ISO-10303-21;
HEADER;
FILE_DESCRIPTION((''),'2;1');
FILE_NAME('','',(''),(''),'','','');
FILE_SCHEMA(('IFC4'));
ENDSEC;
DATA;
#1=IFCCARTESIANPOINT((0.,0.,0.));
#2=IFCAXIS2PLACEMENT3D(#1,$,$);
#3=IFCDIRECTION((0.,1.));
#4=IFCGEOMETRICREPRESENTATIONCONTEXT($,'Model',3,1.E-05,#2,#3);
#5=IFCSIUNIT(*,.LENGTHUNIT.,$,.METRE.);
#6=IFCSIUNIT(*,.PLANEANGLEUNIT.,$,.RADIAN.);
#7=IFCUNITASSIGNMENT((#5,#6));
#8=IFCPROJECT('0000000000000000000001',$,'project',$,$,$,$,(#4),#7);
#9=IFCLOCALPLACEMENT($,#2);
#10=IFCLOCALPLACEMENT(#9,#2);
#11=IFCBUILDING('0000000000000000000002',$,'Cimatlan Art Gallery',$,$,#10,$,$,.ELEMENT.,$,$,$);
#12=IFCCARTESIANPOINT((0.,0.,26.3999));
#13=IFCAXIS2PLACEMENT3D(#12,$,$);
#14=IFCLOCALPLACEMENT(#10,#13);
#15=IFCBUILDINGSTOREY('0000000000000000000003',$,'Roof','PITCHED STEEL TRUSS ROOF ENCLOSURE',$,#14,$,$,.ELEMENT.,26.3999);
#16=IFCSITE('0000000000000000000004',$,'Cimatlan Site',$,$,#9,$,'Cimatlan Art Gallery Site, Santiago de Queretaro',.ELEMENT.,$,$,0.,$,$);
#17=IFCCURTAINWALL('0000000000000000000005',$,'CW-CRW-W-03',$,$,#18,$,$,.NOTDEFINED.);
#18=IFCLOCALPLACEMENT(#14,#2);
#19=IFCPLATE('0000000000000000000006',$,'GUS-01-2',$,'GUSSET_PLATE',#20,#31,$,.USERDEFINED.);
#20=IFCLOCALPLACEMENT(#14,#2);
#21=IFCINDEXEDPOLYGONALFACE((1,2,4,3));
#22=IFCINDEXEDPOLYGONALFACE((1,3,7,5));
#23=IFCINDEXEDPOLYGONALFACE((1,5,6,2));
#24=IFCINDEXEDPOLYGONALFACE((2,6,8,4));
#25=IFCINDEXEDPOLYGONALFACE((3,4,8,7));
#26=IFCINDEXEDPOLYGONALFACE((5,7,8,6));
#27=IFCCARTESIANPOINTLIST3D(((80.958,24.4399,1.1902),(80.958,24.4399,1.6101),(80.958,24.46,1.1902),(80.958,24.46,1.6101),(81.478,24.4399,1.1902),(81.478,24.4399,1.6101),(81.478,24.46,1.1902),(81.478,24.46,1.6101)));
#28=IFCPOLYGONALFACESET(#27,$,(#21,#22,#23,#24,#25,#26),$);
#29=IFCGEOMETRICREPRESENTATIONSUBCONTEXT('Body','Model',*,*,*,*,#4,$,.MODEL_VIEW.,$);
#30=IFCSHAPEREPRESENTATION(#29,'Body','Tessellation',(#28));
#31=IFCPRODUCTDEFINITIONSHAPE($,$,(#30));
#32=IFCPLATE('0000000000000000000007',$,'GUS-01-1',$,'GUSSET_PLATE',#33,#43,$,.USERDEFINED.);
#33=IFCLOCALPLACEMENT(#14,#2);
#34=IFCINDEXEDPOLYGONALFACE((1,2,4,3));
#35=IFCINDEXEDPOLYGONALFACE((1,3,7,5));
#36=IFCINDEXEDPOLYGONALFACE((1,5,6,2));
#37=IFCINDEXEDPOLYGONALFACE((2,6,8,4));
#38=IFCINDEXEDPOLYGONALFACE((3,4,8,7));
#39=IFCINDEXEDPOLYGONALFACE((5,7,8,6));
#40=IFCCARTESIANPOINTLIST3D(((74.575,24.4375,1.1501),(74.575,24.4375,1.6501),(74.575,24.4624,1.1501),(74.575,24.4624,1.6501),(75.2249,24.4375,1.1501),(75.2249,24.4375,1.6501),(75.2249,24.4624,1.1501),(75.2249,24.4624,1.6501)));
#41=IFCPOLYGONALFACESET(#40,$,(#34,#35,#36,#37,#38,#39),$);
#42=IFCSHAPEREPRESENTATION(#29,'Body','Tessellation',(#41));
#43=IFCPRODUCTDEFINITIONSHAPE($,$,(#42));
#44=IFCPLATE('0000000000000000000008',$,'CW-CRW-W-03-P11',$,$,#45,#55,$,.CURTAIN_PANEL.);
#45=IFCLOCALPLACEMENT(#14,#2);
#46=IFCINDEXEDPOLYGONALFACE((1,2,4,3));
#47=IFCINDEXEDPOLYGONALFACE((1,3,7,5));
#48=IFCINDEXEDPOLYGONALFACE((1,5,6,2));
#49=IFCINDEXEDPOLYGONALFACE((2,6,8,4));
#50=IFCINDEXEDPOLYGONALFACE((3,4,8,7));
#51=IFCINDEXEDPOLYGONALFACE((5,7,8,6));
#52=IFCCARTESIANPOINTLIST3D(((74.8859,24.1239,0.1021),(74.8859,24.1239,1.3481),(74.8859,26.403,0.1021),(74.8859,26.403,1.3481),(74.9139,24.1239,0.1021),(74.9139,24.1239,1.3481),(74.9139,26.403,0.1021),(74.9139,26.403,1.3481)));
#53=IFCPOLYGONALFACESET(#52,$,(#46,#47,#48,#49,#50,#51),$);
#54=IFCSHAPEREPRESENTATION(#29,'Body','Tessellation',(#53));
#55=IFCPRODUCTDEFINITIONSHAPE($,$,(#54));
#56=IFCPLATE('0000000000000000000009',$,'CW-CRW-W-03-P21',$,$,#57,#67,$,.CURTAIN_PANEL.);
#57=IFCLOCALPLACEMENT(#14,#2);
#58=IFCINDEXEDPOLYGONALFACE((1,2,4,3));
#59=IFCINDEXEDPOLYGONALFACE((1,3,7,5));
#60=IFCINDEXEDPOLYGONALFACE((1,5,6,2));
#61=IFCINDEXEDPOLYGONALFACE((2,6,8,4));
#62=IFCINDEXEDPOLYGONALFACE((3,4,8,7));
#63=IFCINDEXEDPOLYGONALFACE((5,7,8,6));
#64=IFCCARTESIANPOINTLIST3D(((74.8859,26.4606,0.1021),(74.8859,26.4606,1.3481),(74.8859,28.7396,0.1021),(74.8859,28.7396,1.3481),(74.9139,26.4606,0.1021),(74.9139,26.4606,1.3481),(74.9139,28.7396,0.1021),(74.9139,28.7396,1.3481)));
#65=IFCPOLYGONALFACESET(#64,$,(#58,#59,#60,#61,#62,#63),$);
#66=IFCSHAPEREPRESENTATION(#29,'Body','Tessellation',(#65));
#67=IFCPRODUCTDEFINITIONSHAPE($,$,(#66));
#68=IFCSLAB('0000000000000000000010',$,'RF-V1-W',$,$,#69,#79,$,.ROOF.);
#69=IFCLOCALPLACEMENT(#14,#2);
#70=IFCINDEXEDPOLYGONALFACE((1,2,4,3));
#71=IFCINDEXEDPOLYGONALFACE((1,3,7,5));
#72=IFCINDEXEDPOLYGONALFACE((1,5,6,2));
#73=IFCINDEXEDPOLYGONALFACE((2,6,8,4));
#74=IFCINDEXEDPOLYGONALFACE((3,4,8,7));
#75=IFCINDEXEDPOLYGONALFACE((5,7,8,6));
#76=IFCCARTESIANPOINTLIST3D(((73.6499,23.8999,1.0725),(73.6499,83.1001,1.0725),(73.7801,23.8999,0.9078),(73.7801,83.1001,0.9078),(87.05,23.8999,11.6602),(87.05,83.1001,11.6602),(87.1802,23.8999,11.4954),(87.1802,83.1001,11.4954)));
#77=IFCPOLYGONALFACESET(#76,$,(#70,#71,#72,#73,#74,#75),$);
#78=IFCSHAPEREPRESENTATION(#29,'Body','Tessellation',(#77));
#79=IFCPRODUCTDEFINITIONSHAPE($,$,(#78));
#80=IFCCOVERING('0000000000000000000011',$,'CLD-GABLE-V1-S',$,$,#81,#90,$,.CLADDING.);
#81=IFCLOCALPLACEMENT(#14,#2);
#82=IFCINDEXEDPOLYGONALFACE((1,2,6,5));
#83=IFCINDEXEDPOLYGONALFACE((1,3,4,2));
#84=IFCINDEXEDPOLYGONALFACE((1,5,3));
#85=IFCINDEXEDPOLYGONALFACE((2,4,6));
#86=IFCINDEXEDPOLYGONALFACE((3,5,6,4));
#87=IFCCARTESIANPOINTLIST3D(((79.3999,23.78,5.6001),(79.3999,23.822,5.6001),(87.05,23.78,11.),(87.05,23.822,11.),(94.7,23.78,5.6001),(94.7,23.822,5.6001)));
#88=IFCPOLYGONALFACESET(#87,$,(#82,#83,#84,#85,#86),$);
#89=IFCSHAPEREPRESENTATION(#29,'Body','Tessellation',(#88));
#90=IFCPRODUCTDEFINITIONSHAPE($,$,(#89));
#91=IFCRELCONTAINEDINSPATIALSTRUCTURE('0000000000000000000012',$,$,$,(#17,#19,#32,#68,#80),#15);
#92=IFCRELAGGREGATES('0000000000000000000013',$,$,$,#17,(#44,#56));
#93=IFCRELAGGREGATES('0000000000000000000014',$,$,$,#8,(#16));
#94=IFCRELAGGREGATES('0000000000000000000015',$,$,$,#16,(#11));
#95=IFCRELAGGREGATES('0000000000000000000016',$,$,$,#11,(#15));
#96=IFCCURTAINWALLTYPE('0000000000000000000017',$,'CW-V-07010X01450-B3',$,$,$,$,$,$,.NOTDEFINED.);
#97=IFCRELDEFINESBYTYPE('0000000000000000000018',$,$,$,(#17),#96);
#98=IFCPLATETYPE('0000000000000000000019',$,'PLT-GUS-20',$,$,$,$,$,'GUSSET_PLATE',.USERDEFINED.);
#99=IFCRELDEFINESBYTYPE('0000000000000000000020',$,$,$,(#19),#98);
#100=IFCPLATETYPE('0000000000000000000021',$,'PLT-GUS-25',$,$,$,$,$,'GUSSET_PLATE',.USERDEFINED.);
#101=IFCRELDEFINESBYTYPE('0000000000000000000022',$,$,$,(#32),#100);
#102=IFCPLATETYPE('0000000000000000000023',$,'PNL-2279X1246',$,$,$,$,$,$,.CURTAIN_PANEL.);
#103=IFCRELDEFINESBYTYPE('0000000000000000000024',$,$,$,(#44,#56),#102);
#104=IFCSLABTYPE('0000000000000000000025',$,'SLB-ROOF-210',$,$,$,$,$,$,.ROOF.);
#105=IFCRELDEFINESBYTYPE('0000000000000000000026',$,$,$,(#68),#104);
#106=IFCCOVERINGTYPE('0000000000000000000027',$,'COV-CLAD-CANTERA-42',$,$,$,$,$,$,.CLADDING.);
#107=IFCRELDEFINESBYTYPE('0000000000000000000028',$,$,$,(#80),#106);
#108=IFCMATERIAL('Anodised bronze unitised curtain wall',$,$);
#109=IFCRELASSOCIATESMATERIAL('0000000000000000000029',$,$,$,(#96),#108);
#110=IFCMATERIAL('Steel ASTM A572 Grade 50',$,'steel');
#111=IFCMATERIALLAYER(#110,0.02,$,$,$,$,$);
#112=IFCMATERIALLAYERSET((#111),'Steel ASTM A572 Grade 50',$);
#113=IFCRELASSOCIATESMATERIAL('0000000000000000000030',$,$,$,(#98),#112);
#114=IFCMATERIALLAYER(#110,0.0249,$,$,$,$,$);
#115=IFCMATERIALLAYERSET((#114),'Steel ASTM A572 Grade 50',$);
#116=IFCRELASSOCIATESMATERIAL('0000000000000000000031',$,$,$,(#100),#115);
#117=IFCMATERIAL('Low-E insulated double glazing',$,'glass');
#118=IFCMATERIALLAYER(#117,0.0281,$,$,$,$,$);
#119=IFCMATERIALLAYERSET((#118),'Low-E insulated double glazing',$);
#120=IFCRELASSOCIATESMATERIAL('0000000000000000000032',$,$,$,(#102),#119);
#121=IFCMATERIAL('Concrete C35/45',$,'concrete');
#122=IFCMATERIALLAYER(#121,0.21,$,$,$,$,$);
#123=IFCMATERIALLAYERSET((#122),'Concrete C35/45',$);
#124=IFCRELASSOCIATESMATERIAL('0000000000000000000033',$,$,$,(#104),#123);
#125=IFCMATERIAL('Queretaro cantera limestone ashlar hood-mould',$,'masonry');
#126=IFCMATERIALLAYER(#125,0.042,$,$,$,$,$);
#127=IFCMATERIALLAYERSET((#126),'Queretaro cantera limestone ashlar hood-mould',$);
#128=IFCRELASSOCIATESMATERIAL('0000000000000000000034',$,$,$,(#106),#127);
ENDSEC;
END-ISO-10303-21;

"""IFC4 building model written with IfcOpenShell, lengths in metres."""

from ifc_helpers import new_model, si_unit, direction, frame, origin, origin_2d, place, context, subcontext, project, spatial, polyline, rectangle, outline, extrude, material, layer, layer_set, type_object, element, aggregate, save


model = new_model("IFC4")

# Units and contexts
model_context = context("Model", 3, precision=1e-05, world=origin(), true_north=direction((0.0, 1.0)))
body_context = subcontext(model_context, "Body", "Model", "MODEL_VIEW")
ifc_project = project(units=[si_unit("LENGTHUNIT", "METRE"), si_unit("PLANEANGLEUNIT", "RADIAN")], contexts=[model_context])

# Site, building, storey
site_placement = place(None, origin())
site = spatial("IfcSite", under=ifc_project, at=site_placement, Name="Cimatlan Site", LongName="Cimatlan Art Gallery Site, Santiago de Queretaro", CompositionType="ELEMENT", RefElevation=0.0)
building_placement = place(site_placement, origin())
building = spatial("IfcBuilding", under=site, at=building_placement, Name="Cimatlan Art Gallery", CompositionType="ELEMENT")
storey_placement = place(building_placement, frame((0.0, 0.0, 26.3999)))
storey = spatial("IfcBuildingStorey", under=building, at=storey_placement, Name="Roof", Description="PITCHED STEEL TRUSS ROOF ENCLOSURE", CompositionType="ELEMENT", Elevation=26.3999)

# Curtain wall
ifc_material_1 = material(Name="Anodised bronze unitised curtain wall")
curtain_wall_type = type_object("IfcCurtainWallType", Name="CW-V-07010X01450-B3", PredefinedType="NOTDEFINED", material=ifc_material_1)
curtain_wall_placement = place(storey_placement, origin())
curtain_wall = element("IfcCurtainWall", 1, at=curtain_wall_placement, inside=storey, type_object=curtain_wall_type, Name="CW-CRW-W-03", PredefinedType="NOTDEFINED")

# Plates
ifc_material_2 = material(Name="Steel ASTM A572 Grade 50", Category="steel")
ifc_layer_1 = layer(ifc_material_2, 0.02)
ifc_layer_set_1 = layer_set([ifc_layer_1], Name="Steel ASTM A572 Grade 50")
plate_type_1 = type_object("IfcPlateType", Name="PLT-GUS-20", ElementType="GUSSET_PLATE", PredefinedType="USERDEFINED", material=ifc_layer_set_1)
plate_1_placement = place(storey_placement, frame((81.218, 24.45, 1.1902), z_axis=(0.0, 0.0, 1.0), x_axis=(1.0, 0.0, 0.0)))
element("IfcPlate", 2, at=plate_1_placement, inside=storey, type_object=plate_type_1, Name="GUS-01-2", ObjectType="GUSSET_PLATE", PredefinedType="USERDEFINED", context=body_context, shape_type="SweptSolid", body=[
    extrude(rectangle(XDim=0.52, YDim=0.02, at=origin_2d()), origin(), (0.0, 0.0, 1.0), 0.4199),
])
ifc_layer_2 = layer(ifc_material_2, 0.0249)
ifc_layer_set_2 = layer_set([ifc_layer_2], Name="Steel ASTM A572 Grade 50")
plate_type_2 = type_object("IfcPlateType", Name="PLT-GUS-25", ElementType="GUSSET_PLATE", PredefinedType="USERDEFINED", material=ifc_layer_set_2)
plate_2_placement = place(storey_placement, frame((74.8999, 24.45, 1.1501), z_axis=(0.0, 0.0, 1.0), x_axis=(1.0, 0.0, 0.0)))
element("IfcPlate", 3, at=plate_2_placement, inside=storey, type_object=plate_type_2, Name="GUS-01-1", ObjectType="GUSSET_PLATE", PredefinedType="USERDEFINED", context=body_context, shape_type="SweptSolid", body=[
    extrude(rectangle(XDim=0.6499, YDim=0.0249, at=origin_2d()), origin(), (0.0, 0.0, 1.0), 0.5),
])

# Plates
ifc_material_3 = material(Name="Low-E insulated double glazing", Category="glass")
ifc_layer_3 = layer(ifc_material_3, 0.0281)
ifc_layer_set_3 = layer_set([ifc_layer_3], Name="Low-E insulated double glazing")
plate_type_3 = type_object("IfcPlateType", Name="PNL-2279X1246", PredefinedType="CURTAIN_PANEL", material=ifc_layer_set_3)
plate_3_placement = place(storey_placement, frame((74.8999, 25.2634, 0.1021), z_axis=(0.0, 0.0, 1.0), x_axis=(0.0, 1.0, 0.0)))
plate_3 = element("IfcPlate", 4, at=plate_3_placement, type_object=plate_type_3, Name="CW-CRW-W-03-P11", PredefinedType="CURTAIN_PANEL", context=body_context, shape_type="SweptSolid", body=[
    extrude(rectangle(XDim=2.2791, YDim=0.0281, at=origin_2d()), origin(), (0.0, 0.0, 1.0), 1.2461),
])
plate_4_placement = place(storey_placement, frame((74.8999, 27.6001, 0.1021), z_axis=(0.0, 0.0, 1.0), x_axis=(0.0, 1.0, 0.0)))
plate_4 = element("IfcPlate", 5, at=plate_4_placement, type_object=plate_type_3, Name="CW-CRW-W-03-P21", PredefinedType="CURTAIN_PANEL", context=body_context, shape_type="SweptSolid", body=[
    extrude(rectangle(XDim=2.2791, YDim=0.0281, at=origin_2d()), origin(), (0.0, 0.0, 1.0), 1.2461),
])
aggregate(curtain_wall, [plate_3, plate_4])

# Slab
ifc_material_4 = material(Name="Concrete C35/45", Category="concrete")
ifc_layer_4 = layer(ifc_material_4, 0.21)
ifc_layer_set_4 = layer_set([ifc_layer_4], Name="Concrete C35/45")
slab_type = type_object("IfcSlabType", Name="SLB-ROOF-210", PredefinedType="ROOF", material=ifc_layer_set_4)
slab_placement = place(storey_placement, frame((73.6499, 23.8999, 1.0725), z_axis=(-0.619954, 0.0, 0.784638), x_axis=(0.784638, 0.0, 0.619954)))
element("IfcSlab", 6, at=slab_placement, inside=storey, type_object=slab_type, Name="RF-V1-W", PredefinedType="ROOF", context=body_context, shape_type="SweptSolid", body=[
    extrude(outline(polyline([(0.0, 0.0), (17.0781, 0.0), (17.0781, 59.2002), (0.0, 59.2002), (0.0, 0.0)])), origin(), (0.0, 0.0, -1.0), 0.21),
])

# Covering
ifc_material_5 = material(Name="Queretaro cantera limestone ashlar hood-mould", Category="masonry")
ifc_layer_5 = layer(ifc_material_5, 0.042)
ifc_layer_set_5 = layer_set([ifc_layer_5], Name="Queretaro cantera limestone ashlar hood-mould")
covering_type = type_object("IfcCoveringType", Name="COV-CLAD-CANTERA-42", PredefinedType="CLADDING", material=ifc_layer_set_5)
covering_placement = place(storey_placement, frame((79.3999, 23.78, 5.6001), z_axis=(0.0, -1.0, 0.0), x_axis=(1.0, 0.0, 0.0)))
element("IfcCovering", 7, at=covering_placement, inside=storey, type_object=covering_type, Name="CLD-GABLE-V1-S", PredefinedType="CLADDING", context=body_context, shape_type="SweptSolid", body=[
    extrude(outline(polyline([(0.0, 0.0), (15.3, 0.0), (7.6501, 5.3999), (0.0, 0.0)])), origin(), (0.0, 0.0, -1.0), 0.042),
])

save(model, "model.ifc")
